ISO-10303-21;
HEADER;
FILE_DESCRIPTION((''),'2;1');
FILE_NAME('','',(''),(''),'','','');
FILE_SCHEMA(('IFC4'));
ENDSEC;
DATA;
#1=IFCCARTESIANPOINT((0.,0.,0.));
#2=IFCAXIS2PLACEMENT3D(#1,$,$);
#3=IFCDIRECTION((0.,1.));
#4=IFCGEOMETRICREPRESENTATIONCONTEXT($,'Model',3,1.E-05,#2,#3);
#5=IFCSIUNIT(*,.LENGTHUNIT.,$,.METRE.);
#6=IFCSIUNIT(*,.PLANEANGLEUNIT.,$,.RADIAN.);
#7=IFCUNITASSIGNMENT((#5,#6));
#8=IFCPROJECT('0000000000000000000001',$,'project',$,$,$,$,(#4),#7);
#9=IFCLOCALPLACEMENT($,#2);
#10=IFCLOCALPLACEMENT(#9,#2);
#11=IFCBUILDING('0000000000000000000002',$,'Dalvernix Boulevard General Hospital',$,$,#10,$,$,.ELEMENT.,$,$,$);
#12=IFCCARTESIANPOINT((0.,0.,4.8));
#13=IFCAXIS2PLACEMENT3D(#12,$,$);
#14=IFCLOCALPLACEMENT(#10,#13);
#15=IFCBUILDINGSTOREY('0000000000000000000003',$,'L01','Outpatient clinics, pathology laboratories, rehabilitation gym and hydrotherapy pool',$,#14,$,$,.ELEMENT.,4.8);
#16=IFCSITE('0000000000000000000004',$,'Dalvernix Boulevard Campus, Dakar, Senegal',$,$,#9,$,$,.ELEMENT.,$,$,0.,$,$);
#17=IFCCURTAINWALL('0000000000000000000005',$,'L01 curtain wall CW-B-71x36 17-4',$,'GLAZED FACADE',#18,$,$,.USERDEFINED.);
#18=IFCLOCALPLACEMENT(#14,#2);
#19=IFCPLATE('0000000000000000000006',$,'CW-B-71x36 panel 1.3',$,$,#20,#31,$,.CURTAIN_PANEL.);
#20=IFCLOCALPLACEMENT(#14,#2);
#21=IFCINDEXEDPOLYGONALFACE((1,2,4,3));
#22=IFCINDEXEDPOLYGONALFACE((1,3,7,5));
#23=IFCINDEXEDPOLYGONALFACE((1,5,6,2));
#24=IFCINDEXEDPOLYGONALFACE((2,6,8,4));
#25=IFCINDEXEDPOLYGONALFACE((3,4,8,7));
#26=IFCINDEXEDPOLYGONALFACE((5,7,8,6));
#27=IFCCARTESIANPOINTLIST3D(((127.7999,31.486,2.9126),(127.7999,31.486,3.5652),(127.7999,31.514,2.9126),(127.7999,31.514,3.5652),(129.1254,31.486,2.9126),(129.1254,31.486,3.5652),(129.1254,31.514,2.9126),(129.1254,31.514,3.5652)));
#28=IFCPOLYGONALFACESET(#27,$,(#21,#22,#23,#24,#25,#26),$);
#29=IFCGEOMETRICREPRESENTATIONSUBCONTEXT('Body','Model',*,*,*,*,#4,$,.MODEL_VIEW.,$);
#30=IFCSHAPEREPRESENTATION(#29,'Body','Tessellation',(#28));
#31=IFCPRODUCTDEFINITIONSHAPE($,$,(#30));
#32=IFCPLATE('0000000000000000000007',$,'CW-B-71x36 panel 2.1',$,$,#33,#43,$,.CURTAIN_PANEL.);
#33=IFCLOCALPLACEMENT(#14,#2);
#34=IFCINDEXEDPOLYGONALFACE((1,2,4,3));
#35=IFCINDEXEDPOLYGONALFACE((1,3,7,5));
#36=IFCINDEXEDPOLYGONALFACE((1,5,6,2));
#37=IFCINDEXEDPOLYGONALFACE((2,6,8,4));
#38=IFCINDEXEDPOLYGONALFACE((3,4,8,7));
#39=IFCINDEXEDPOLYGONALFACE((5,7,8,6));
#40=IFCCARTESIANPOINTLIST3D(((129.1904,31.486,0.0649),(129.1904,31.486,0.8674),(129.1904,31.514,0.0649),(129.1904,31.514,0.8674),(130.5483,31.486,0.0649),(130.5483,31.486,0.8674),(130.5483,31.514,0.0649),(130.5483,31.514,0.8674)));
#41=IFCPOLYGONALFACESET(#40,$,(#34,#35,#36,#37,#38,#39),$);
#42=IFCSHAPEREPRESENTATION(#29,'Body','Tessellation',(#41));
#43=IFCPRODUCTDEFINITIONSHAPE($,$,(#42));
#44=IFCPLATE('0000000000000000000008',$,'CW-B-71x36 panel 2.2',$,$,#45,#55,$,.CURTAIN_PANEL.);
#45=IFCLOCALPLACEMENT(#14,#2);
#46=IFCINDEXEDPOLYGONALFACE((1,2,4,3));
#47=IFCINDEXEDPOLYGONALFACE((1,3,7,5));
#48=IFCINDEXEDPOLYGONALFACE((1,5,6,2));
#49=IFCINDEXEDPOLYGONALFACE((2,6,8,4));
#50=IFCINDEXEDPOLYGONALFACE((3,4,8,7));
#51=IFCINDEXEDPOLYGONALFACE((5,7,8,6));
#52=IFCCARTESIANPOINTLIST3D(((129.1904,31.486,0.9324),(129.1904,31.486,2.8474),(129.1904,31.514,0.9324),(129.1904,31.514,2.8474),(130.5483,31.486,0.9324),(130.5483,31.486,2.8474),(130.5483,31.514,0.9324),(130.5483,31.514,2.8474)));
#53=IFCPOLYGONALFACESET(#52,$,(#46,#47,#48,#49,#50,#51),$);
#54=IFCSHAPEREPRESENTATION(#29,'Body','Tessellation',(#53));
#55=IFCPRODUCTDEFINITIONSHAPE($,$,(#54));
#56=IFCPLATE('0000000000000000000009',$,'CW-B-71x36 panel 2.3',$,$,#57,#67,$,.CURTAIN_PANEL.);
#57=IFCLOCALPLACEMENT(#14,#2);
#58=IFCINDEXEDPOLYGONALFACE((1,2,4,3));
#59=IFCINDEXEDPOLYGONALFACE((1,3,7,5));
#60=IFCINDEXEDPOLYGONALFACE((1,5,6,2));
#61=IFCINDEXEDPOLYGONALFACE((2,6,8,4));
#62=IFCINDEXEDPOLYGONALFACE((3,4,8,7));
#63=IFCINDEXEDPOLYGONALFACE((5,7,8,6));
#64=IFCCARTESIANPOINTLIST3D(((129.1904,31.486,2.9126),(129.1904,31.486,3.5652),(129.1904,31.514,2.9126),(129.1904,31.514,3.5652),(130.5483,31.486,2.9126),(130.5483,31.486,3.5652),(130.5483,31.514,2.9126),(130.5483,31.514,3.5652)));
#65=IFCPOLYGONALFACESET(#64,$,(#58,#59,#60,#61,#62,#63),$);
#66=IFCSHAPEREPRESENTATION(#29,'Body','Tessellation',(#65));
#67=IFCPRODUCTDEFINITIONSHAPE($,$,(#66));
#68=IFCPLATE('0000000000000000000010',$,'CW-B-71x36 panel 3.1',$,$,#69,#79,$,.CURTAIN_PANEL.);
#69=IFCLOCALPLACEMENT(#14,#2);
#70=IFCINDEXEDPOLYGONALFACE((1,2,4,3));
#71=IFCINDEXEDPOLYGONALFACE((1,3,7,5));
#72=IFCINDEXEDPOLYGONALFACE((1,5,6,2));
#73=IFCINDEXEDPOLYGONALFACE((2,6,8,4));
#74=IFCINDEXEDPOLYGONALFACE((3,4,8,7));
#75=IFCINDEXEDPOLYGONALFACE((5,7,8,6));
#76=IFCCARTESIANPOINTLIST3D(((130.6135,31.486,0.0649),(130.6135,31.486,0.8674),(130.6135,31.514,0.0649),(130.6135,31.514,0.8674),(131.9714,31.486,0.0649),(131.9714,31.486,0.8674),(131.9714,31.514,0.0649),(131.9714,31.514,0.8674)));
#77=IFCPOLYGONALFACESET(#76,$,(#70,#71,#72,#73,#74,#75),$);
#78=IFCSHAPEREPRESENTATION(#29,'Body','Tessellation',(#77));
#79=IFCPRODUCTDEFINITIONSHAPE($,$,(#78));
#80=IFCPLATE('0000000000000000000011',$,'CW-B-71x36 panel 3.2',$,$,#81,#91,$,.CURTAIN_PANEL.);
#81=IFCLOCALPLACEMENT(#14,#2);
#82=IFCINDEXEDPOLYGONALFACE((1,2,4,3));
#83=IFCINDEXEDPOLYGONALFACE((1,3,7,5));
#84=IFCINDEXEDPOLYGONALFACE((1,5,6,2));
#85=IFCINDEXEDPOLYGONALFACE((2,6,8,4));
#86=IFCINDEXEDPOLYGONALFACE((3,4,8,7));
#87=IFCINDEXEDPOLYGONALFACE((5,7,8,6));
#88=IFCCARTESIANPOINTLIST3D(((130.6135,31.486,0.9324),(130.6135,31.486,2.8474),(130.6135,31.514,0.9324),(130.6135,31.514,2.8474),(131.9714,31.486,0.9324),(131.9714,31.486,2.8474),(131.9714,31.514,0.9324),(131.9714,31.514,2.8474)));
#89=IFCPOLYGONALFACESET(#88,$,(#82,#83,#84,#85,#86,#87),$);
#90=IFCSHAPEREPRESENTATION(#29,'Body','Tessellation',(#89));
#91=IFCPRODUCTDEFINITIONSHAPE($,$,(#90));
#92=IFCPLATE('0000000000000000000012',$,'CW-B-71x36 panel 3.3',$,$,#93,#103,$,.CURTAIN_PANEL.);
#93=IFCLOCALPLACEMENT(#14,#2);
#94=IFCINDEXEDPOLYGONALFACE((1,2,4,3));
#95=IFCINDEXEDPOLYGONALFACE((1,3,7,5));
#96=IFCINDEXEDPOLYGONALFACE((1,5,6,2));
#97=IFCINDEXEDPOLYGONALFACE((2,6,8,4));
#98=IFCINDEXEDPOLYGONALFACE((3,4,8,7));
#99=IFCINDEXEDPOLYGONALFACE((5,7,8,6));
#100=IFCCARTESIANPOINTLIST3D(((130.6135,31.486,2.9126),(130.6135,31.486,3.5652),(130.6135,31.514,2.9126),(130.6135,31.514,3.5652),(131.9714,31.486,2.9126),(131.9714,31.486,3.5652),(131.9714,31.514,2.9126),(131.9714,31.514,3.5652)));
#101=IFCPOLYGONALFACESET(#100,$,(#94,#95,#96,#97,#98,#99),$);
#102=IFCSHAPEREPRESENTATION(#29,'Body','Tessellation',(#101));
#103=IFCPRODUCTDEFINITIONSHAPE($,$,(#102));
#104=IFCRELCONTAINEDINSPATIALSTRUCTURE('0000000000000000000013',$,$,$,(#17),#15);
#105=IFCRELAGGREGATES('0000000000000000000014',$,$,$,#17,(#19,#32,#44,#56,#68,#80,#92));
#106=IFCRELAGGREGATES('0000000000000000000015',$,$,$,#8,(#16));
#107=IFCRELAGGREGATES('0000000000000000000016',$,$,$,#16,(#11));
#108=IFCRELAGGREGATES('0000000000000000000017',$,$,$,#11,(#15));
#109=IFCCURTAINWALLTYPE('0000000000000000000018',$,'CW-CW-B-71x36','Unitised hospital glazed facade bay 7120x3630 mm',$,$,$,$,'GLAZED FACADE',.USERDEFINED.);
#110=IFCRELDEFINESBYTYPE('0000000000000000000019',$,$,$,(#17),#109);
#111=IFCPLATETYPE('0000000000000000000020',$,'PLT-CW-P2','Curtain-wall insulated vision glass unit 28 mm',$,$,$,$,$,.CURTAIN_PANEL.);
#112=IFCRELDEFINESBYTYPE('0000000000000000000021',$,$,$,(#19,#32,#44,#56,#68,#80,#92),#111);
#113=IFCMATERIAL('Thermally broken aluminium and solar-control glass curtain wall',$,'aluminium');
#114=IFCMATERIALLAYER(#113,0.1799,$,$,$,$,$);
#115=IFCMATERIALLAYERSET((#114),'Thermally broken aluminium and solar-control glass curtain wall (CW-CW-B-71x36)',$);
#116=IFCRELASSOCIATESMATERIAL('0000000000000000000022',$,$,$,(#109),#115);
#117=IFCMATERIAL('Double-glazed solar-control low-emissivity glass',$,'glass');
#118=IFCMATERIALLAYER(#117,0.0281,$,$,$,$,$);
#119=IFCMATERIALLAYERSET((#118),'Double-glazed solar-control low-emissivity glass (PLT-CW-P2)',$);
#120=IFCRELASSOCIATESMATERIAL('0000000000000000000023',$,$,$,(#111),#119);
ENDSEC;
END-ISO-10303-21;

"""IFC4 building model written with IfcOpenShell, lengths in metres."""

from ifc_helpers import new_model, si_unit, direction, frame, origin, origin_2d, place, context, subcontext, project, spatial, rectangle, extrude, material, layer, layer_set, type_object, element, aggregate, save


model = new_model("IFC4")

# Units and contexts
model_context = context("Model", 3, precision=1e-05, world=origin(), true_north=direction((0.0, 1.0)))
body_context = subcontext(model_context, "Body", "Model", "MODEL_VIEW")
ifc_project = project(units=[si_unit("LENGTHUNIT", "METRE"), si_unit("PLANEANGLEUNIT", "RADIAN")], contexts=[model_context])

# Site, building, storey
site_placement = place(None, origin())
site = spatial("IfcSite", under=ifc_project, at=site_placement, Name="Dalvernix Boulevard Campus, Dakar, Senegal", CompositionType="ELEMENT", RefElevation=0.0)
building_placement = place(site_placement, origin())
building = spatial("IfcBuilding", under=site, at=building_placement, Name="Dalvernix Boulevard General Hospital", CompositionType="ELEMENT")
storey_placement = place(building_placement, frame((0.0, 0.0, 4.8)))
storey = spatial("IfcBuildingStorey", under=building, at=storey_placement, Name="L01", Description="Outpatient clinics, pathology laboratories, rehabilitation gym and hydrotherapy pool", CompositionType="ELEMENT", Elevation=4.8)

# Curtain wall, plates
ifc_material_1 = material(Name="Thermally broken aluminium and solar-control glass curtain wall", Category="aluminium")
ifc_layer_1 = layer(ifc_material_1, 0.1799)
ifc_layer_set_1 = layer_set([ifc_layer_1], Name="Thermally broken aluminium and solar-control glass curtain wall (CW-CW-B-71x36)")
curtain_wall_type = type_object("IfcCurtainWallType", Name="CW-CW-B-71x36", Description="Unitised hospital glazed facade bay 7120x3630 mm", ElementType="GLAZED FACADE", PredefinedType="USERDEFINED", material=ifc_layer_set_1)
curtain_wall_placement = place(storey_placement, origin())
curtain_wall = element("IfcCurtainWall", 1, at=curtain_wall_placement, inside=storey, type_object=curtain_wall_type, Name="L01 curtain wall CW-B-71x36 17-4", ObjectType="GLAZED FACADE", PredefinedType="USERDEFINED")
ifc_material_2 = material(Name="Double-glazed solar-control low-emissivity glass", Category="glass")
ifc_layer_2 = layer(ifc_material_2, 0.0281)
ifc_layer_set_2 = layer_set([ifc_layer_2], Name="Double-glazed solar-control low-emissivity glass (PLT-CW-P2)")
plate_type = type_object("IfcPlateType", Name="PLT-CW-P2", Description="Curtain-wall insulated vision glass unit 28 mm", PredefinedType="CURTAIN_PANEL", material=ifc_layer_set_2)
plate_1_placement = place(storey_placement, frame((128.4626, 31.5, 2.9126), z_axis=(0.0, 0.0, 1.0), x_axis=(1.0, 0.0, 0.0)))
plate_1 = element("IfcPlate", 2, at=plate_1_placement, type_object=plate_type, Name="CW-B-71x36 panel 1.3", PredefinedType="CURTAIN_PANEL", context=body_context, shape_type="SweptSolid", body=[
    extrude(rectangle(XDim=1.3254, YDim=0.0281, at=origin_2d()), origin(), (0.0, 0.0, 1.0), 0.6526),
])
plate_2_placement = place(storey_placement, frame((129.8694, 31.5, 0.0649), z_axis=(0.0, 0.0, 1.0), x_axis=(1.0, 0.0, 0.0)))
plate_2 = element("IfcPlate", 3, at=plate_2_placement, type_object=plate_type, Name="CW-B-71x36 panel 2.1", PredefinedType="CURTAIN_PANEL", context=body_context, shape_type="SweptSolid", body=[
    extrude(rectangle(XDim=1.3579, YDim=0.0281, at=origin_2d()), origin(), (0.0, 0.0, 1.0), 0.8025),
])
plate_3_placement = place(storey_placement, frame((129.8694, 31.5, 0.9324), z_axis=(0.0, 0.0, 1.0), x_axis=(1.0, 0.0, 0.0)))
plate_3 = element("IfcPlate", 4, at=plate_3_placement, type_object=plate_type, Name="CW-B-71x36 panel 2.2", PredefinedType="CURTAIN_PANEL", context=body_context, shape_type="SweptSolid", body=[
    extrude(rectangle(XDim=1.3579, YDim=0.0281, at=origin_2d()), origin(), (0.0, 0.0, 1.0), 1.915),
])
plate_4_placement = place(storey_placement, frame((129.8694, 31.5, 2.9126), z_axis=(0.0, 0.0, 1.0), x_axis=(1.0, 0.0, 0.0)))
plate_4 = element("IfcPlate", 5, at=plate_4_placement, type_object=plate_type, Name="CW-B-71x36 panel 2.3", PredefinedType="CURTAIN_PANEL", context=body_context, shape_type="SweptSolid", body=[
    extrude(rectangle(XDim=1.3579, YDim=0.0281, at=origin_2d()), origin(), (0.0, 0.0, 1.0), 0.6526),
])
plate_5_placement = place(storey_placement, frame((131.2925, 31.5, 0.0649), z_axis=(0.0, 0.0, 1.0), x_axis=(1.0, 0.0, 0.0)))
plate_5 = element("IfcPlate", 6, at=plate_5_placement, type_object=plate_type, Name="CW-B-71x36 panel 3.1", PredefinedType="CURTAIN_PANEL", context=body_context, shape_type="SweptSolid", body=[
    extrude(rectangle(XDim=1.3579, YDim=0.0281, at=origin_2d()), origin(), (0.0, 0.0, 1.0), 0.8025),
])
plate_6_placement = place(storey_placement, frame((131.2925, 31.5, 0.9324), z_axis=(0.0, 0.0, 1.0), x_axis=(1.0, 0.0, 0.0)))
plate_6 = element("IfcPlate", 7, at=plate_6_placement, type_object=plate_type, Name="CW-B-71x36 panel 3.2", PredefinedType="CURTAIN_PANEL", context=body_context, shape_type="SweptSolid", body=[
    extrude(rectangle(XDim=1.3579, YDim=0.0281, at=origin_2d()), origin(), (0.0, 0.0, 1.0), 1.915),
])
plate_7_placement = place(storey_placement, frame((131.2925, 31.5, 2.9126), z_axis=(0.0, 0.0, 1.0), x_axis=(1.0, 0.0, 0.0)))
plate_7 = element("IfcPlate", 8, at=plate_7_placement, type_object=plate_type, Name="CW-B-71x36 panel 3.3", PredefinedType="CURTAIN_PANEL", context=body_context, shape_type="SweptSolid", body=[
    extrude(rectangle(XDim=1.3579, YDim=0.0281, at=origin_2d()), origin(), (0.0, 0.0, 1.0), 0.6526),
])
aggregate(curtain_wall, [plate_1, plate_2, plate_3, plate_4, plate_5, plate_6, plate_7])

save(model, "model.ifc")
